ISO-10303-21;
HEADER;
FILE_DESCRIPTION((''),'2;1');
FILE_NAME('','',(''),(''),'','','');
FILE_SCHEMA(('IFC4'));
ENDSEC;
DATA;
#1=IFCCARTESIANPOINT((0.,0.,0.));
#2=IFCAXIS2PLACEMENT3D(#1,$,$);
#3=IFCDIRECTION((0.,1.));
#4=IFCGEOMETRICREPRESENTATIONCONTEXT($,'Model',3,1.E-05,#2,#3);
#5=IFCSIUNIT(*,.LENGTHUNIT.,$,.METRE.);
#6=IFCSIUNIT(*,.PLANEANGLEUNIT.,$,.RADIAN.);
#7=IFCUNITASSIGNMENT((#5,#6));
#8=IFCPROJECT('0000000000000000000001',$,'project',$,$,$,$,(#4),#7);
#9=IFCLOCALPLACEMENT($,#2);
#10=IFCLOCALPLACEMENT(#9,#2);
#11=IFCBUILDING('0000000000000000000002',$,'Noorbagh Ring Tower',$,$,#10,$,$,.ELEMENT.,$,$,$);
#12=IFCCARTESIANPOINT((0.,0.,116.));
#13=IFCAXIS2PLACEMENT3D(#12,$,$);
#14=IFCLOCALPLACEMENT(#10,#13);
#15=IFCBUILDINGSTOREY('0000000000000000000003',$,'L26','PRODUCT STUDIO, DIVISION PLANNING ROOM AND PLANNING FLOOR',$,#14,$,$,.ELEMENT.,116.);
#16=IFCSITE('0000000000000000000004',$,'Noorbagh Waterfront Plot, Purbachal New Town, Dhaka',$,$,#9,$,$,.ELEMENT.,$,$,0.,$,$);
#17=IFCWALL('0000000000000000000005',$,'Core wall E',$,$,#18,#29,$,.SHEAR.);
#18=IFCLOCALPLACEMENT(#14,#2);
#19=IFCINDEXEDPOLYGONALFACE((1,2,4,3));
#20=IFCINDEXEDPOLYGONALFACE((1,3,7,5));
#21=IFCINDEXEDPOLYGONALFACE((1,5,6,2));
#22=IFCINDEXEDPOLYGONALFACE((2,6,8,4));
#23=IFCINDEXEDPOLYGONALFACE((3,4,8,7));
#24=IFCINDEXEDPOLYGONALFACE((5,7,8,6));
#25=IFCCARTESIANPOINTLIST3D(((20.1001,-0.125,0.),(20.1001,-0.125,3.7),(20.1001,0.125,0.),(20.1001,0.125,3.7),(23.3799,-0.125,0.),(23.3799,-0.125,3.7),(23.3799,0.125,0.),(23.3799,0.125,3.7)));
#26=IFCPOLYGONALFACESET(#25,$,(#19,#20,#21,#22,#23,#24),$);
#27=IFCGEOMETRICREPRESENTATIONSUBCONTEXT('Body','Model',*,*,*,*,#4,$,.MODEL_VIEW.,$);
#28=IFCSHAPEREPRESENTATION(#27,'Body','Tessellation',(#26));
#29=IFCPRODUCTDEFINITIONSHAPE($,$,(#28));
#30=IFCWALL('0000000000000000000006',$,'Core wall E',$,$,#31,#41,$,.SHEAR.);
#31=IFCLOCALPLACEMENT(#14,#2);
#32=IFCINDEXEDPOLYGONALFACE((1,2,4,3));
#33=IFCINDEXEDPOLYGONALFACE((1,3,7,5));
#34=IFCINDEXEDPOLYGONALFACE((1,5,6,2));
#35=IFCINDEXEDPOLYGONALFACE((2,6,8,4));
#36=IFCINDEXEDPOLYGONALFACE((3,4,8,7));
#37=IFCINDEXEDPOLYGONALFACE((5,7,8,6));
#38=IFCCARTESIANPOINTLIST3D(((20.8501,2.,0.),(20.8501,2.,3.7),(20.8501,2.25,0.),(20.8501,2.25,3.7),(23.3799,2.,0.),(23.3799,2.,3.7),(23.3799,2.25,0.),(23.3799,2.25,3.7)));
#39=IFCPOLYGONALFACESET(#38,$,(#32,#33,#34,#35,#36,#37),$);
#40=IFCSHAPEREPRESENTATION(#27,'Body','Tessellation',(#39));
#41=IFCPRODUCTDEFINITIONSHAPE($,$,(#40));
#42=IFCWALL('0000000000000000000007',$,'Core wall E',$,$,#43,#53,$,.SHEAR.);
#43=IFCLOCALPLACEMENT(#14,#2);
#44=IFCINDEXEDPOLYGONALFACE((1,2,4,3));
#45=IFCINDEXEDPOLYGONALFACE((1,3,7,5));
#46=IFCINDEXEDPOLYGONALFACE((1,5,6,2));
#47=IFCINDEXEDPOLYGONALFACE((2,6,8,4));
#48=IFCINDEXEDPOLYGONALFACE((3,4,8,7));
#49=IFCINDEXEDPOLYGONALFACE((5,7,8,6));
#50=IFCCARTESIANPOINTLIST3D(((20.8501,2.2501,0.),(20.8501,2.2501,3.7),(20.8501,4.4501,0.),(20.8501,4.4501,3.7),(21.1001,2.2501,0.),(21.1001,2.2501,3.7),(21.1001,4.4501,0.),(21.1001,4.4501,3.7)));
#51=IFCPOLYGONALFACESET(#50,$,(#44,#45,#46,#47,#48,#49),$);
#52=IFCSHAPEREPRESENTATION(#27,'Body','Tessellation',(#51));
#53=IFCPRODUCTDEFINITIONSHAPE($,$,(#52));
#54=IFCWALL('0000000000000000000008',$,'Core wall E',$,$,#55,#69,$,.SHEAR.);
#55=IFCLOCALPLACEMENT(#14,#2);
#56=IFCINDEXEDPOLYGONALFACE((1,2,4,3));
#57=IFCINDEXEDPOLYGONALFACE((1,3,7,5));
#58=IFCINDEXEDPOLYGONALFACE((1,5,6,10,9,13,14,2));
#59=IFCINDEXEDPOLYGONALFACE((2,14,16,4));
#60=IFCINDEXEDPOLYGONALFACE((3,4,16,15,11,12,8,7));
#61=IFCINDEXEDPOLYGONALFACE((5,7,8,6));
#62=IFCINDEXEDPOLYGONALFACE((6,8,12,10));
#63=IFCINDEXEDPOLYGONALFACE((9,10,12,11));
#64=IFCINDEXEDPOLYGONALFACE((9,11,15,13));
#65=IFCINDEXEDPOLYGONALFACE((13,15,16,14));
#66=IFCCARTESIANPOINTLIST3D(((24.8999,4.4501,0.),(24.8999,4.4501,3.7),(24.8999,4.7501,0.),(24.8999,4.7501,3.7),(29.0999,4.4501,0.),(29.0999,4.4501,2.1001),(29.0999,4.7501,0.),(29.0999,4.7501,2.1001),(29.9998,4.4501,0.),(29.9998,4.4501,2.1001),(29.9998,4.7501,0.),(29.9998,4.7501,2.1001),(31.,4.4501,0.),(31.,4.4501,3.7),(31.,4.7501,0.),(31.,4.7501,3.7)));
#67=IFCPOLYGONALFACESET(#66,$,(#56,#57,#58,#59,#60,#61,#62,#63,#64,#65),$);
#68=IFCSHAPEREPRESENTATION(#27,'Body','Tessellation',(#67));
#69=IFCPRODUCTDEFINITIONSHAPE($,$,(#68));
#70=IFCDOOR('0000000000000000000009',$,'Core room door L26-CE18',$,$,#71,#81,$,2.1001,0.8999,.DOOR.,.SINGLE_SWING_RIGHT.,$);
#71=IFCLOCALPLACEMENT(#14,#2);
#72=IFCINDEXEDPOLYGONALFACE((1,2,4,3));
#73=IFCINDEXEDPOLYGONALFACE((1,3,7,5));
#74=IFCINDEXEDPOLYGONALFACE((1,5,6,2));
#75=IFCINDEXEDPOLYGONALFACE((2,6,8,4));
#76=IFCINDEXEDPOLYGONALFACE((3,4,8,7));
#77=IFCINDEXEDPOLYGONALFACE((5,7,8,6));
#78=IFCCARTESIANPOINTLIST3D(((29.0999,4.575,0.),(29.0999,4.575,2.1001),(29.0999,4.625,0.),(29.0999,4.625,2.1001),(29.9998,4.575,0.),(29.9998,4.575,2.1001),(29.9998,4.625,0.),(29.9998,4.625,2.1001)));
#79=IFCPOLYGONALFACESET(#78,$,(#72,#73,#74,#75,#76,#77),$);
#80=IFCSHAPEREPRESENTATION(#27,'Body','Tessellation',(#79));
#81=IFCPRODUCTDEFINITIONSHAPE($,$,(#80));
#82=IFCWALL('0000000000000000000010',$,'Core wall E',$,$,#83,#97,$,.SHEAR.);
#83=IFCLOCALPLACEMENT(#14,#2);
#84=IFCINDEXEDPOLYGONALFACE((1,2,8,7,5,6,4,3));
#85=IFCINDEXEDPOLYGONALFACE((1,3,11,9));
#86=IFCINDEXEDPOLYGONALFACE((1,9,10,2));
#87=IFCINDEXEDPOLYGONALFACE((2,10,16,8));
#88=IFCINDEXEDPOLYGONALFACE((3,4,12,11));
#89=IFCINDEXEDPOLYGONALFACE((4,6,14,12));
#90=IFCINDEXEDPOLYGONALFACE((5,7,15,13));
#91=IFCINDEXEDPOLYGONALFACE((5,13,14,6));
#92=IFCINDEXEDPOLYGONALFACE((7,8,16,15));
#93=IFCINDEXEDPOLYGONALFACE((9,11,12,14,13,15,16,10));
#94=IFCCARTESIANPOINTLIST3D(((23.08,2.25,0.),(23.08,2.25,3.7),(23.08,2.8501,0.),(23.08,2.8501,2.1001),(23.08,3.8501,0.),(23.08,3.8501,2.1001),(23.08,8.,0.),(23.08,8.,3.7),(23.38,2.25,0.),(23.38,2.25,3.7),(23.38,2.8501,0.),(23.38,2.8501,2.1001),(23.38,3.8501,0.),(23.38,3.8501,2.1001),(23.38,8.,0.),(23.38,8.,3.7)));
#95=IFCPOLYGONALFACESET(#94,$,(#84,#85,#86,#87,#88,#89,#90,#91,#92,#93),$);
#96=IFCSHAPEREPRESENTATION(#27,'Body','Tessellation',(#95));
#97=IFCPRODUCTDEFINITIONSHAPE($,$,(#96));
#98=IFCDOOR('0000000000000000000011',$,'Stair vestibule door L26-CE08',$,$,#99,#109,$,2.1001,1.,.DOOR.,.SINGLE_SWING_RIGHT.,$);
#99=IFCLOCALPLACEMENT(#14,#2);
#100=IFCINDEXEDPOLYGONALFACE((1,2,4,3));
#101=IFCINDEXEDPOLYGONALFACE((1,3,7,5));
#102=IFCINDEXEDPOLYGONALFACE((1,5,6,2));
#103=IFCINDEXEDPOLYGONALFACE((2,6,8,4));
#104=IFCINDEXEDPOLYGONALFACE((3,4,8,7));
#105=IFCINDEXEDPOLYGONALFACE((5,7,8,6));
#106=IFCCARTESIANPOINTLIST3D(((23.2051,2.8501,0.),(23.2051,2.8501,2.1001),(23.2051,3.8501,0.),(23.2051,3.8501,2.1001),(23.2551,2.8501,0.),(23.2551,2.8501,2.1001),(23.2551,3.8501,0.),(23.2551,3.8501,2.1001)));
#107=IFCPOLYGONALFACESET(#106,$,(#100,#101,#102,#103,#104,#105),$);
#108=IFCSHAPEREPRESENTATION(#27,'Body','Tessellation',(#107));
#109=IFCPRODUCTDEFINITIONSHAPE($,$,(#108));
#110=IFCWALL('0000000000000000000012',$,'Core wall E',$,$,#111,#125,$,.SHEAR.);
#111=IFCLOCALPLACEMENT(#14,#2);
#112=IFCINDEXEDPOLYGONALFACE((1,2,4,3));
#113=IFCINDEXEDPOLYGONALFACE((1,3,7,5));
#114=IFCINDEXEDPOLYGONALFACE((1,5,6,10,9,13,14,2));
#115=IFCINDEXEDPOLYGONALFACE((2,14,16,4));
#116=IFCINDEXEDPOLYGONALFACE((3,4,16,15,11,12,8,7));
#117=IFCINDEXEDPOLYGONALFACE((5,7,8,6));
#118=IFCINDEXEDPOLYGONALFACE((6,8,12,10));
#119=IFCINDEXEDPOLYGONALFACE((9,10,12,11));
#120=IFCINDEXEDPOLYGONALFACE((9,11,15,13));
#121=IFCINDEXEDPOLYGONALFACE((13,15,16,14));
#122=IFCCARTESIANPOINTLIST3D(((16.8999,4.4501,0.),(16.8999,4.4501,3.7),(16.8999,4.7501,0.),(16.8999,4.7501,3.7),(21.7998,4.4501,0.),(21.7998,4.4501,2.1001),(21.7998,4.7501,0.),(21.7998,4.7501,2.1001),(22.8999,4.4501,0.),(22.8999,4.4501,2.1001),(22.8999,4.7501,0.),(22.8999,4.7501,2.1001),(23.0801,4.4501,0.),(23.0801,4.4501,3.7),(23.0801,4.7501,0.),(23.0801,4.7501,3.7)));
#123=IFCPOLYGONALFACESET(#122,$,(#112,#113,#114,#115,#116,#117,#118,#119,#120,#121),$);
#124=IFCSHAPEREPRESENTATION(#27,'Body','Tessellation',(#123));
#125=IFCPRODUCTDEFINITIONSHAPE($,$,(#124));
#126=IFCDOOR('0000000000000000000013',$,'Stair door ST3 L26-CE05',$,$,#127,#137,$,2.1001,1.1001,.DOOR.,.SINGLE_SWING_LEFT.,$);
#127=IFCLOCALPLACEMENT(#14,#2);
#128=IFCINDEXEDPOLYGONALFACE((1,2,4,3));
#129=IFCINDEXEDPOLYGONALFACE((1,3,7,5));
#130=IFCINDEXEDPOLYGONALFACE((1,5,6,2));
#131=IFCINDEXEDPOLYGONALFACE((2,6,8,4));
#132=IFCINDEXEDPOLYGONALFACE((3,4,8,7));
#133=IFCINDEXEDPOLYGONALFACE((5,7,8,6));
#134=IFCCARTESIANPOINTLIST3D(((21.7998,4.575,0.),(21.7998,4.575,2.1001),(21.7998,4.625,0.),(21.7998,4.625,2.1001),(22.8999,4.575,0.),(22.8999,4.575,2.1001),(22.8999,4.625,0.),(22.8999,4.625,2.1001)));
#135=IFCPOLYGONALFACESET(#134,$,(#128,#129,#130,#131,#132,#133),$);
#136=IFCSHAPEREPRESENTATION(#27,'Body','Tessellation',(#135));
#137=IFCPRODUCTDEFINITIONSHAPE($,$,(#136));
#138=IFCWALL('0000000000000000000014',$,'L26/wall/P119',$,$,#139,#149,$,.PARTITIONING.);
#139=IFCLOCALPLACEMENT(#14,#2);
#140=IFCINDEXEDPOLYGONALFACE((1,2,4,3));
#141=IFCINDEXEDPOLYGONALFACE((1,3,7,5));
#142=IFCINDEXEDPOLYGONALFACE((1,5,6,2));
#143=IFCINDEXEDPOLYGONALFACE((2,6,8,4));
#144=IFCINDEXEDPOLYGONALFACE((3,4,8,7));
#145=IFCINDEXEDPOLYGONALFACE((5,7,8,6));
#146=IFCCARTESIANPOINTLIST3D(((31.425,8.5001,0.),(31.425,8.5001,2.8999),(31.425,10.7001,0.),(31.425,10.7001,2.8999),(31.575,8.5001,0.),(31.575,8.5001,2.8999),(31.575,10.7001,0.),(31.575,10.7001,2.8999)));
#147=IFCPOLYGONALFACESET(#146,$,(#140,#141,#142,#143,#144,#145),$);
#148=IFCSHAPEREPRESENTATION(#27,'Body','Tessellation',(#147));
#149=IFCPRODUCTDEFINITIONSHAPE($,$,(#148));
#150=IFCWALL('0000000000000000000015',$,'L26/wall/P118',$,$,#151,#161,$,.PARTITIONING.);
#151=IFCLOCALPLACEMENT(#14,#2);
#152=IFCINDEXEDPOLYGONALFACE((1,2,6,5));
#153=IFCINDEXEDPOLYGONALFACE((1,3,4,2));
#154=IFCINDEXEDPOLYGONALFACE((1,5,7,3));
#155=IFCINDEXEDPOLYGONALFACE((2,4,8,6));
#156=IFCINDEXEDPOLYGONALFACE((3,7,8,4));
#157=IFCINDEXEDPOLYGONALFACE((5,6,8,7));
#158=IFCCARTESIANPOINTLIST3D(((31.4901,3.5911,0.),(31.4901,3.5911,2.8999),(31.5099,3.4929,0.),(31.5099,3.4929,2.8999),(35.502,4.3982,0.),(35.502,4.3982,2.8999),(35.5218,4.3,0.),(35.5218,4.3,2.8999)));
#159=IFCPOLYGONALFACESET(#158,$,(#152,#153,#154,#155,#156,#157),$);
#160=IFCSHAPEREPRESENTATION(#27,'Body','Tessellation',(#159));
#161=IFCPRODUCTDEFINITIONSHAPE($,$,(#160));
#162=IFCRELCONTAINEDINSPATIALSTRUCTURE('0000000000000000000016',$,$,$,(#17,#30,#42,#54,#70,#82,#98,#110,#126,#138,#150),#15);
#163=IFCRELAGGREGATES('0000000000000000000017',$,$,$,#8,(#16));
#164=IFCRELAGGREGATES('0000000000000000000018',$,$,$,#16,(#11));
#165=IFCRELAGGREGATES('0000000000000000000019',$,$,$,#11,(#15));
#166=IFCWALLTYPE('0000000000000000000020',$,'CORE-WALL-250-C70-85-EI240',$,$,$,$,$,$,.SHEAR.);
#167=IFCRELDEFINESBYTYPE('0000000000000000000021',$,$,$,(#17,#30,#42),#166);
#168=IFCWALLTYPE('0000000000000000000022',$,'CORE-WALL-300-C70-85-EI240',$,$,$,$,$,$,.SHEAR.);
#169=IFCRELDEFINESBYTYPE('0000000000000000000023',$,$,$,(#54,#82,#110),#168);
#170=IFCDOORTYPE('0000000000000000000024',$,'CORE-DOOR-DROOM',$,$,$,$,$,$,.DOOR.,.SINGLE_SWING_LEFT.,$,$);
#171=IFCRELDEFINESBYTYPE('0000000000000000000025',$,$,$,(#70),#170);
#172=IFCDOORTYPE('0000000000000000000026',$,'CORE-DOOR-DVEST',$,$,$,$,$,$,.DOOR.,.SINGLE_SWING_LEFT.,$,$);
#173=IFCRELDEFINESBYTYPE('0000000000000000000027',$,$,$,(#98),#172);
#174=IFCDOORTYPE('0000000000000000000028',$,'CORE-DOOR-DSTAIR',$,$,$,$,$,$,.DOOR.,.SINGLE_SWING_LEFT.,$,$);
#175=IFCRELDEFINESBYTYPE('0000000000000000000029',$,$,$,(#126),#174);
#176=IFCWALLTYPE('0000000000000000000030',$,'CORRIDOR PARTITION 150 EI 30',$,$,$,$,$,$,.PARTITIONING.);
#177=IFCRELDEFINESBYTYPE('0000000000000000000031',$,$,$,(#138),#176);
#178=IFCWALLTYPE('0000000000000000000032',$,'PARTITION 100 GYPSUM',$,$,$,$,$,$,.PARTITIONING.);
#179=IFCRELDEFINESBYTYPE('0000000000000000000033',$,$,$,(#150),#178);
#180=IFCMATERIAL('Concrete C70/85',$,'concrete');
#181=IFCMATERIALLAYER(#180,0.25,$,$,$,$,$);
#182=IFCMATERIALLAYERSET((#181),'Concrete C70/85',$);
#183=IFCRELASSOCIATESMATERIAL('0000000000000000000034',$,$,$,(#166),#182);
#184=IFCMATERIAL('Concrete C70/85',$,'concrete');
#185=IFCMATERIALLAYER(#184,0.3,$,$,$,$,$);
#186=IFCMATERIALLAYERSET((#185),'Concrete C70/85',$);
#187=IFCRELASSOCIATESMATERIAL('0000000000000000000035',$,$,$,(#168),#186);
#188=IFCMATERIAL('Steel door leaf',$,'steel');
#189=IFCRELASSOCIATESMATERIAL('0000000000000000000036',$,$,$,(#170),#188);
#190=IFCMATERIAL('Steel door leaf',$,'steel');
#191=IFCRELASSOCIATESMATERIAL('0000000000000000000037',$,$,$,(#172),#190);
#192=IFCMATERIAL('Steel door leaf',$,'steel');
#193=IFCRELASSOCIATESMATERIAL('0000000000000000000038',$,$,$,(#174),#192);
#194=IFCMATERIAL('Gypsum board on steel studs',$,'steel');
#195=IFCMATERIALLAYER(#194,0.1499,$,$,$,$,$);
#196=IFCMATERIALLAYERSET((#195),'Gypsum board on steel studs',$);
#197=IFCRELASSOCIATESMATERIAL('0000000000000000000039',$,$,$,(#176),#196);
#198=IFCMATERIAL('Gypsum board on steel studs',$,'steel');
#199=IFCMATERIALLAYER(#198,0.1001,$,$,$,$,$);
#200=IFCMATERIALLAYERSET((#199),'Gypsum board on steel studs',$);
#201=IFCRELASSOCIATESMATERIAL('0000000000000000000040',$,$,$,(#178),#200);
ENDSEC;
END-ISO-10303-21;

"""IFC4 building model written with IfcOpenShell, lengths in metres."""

from ifc_helpers import new_model, si_unit, direction, frame, frame_2d, origin, place, context, subcontext, project, spatial, rectangle, extrude, material, layer, layer_set, type_object, element, fill, save


model = new_model("IFC4")

# Units and contexts
model_context = context("Model", 3, precision=1e-05, world=origin(), true_north=direction((0.0, 1.0)))
body_context = subcontext(model_context, "Body", "Model", "MODEL_VIEW")
ifc_project = project(units=[si_unit("LENGTHUNIT", "METRE"), si_unit("PLANEANGLEUNIT", "RADIAN")], contexts=[model_context])

# Site, building, storey
site_placement = place(None, origin())
site = spatial("IfcSite", under=ifc_project, at=site_placement, Name="Noorbagh Waterfront Plot, Purbachal New Town, Dhaka", CompositionType="ELEMENT", RefElevation=0.0)
building_placement = place(site_placement, origin())
building = spatial("IfcBuilding", under=site, at=building_placement, Name="Noorbagh Ring Tower", CompositionType="ELEMENT")
storey_placement = place(building_placement, frame((0.0, 0.0, 116.0)))
storey = spatial("IfcBuildingStorey", under=building, at=storey_placement, Name="L26", Description="PRODUCT STUDIO, DIVISION PLANNING ROOM AND PLANNING FLOOR", CompositionType="ELEMENT", Elevation=116.0)

# Walls
ifc_material_1 = material(Name="Concrete C70/85", Category="concrete")
ifc_layer_1 = layer(ifc_material_1, 0.25)
ifc_layer_set_1 = layer_set([ifc_layer_1], Name="Concrete C70/85")
wall_type_1 = type_object("IfcWallType", Name="CORE-WALL-250-C70-85-EI240", PredefinedType="SHEAR", material=ifc_layer_set_1)
wall_1_placement = place(storey_placement, frame((20.1001, 0.0, 0.0), z_axis=(0.0, 0.0, 1.0), x_axis=(1.0, 0.0, 0.0)))
element("IfcWall", 1, at=wall_1_placement, inside=storey, type_object=wall_type_1, Name="Core wall E", PredefinedType="SHEAR", context=body_context, shape_type="SweptSolid", body=[
    extrude(rectangle(XDim=3.2798, YDim=0.25, at=frame_2d((1.6399, 0.0))), origin(), (0.0, 0.0, 1.0), 3.7),
])
wall_2_placement = place(storey_placement, frame((20.8501, 2.125, 0.0), z_axis=(0.0, 0.0, 1.0), x_axis=(1.0, 0.0, 0.0)))
element("IfcWall", 2, at=wall_2_placement, inside=storey, type_object=wall_type_1, Name="Core wall E", PredefinedType="SHEAR", context=body_context, shape_type="SweptSolid", body=[
    extrude(rectangle(XDim=2.5298, YDim=0.25, at=frame_2d((1.2649, 0.0))), origin(), (0.0, 0.0, 1.0), 3.7),
])
wall_3_placement = place(storey_placement, frame((20.9751, 2.25, 0.0), z_axis=(0.0, 0.0, 1.0), x_axis=(0.0, 1.0, 0.0)))
element("IfcWall", 3, at=wall_3_placement, inside=storey, type_object=wall_type_1, Name="Core wall E", PredefinedType="SHEAR", context=body_context, shape_type="SweptSolid", body=[
    extrude(rectangle(XDim=2.2, YDim=0.25, at=frame_2d((1.1001, 0.0))), origin(), (0.0, 0.0, 1.0), 3.7),
])

# Walls, openings, doors
ifc_material_2 = material(Name="Concrete C70/85", Category="concrete")
ifc_layer_2 = layer(ifc_material_2, 0.3)
ifc_layer_set_2 = layer_set([ifc_layer_2], Name="Concrete C70/85")
wall_type_2 = type_object("IfcWallType", Name="CORE-WALL-300-C70-85-EI240", PredefinedType="SHEAR", material=ifc_layer_set_2)
wall_4_placement = place(storey_placement, frame((24.8999, 4.6001, 0.0), z_axis=(0.0, 0.0, 1.0), x_axis=(1.0, 0.0, 0.0)))
wall_4 = element("IfcWall", 4, at=wall_4_placement, inside=storey, type_object=wall_type_2, Name="Core wall E", PredefinedType="SHEAR", context=body_context, shape_type="SweptSolid", body=[
    extrude(rectangle(XDim=6.1001, YDim=0.3, at=frame_2d((3.05, 0.0))), origin(), (0.0, 0.0, 1.0), 3.7),
])
opening_1_placement = place(wall_4_placement, frame((4.2, 0.0, 0.0)))
opening_1 = element("IfcOpeningElement", 5, at=opening_1_placement, cuts=wall_4, PredefinedType="OPENING", context=body_context, shape_type="SweptSolid", body=[
    extrude(rectangle(XDim=0.8999, YDim=2.1001, at=frame_2d((0.45, 1.05))), frame((0.0, 0.1602, 0.0), z_axis=(0.0, -1.0, 0.0), x_axis=(1.0, 0.0, 0.0)), (0.0, 0.0, 1.0), 0.3201),
])
ifc_material_3 = material(Name="Steel door leaf", Category="steel")
door_type_1 = type_object("IfcDoorType", Name="CORE-DOOR-DROOM", OperationType="SINGLE_SWING_LEFT", PredefinedType="DOOR", material=ifc_material_3)
door_1_placement = place(opening_1_placement, origin())
door_1 = element("IfcDoor", 6, at=door_1_placement, inside=storey, type_object=door_type_1, Name="Core room door L26-CE18", OperationType="SINGLE_SWING_RIGHT", OverallHeight=2.1001, OverallWidth=0.8999, PredefinedType="DOOR", context=body_context, shape_type="SweptSolid", body=[
    extrude(rectangle(XDim=0.8999, YDim=2.1001, at=frame_2d((0.45, 1.05))), frame((0.0, 0.0249, 0.0), z_axis=(0.0, -1.0, 0.0), x_axis=(1.0, 0.0, 0.0)), (0.0, 0.0, 1.0), 0.05),
])
fill(opening_1, door_1)
wall_5_placement = place(storey_placement, frame((23.23, 2.25, 0.0), z_axis=(0.0, 0.0, 1.0), x_axis=(0.0, 1.0, 0.0)))
wall_5 = element("IfcWall", 7, at=wall_5_placement, inside=storey, type_object=wall_type_2, Name="Core wall E", PredefinedType="SHEAR", context=body_context, shape_type="SweptSolid", body=[
    extrude(rectangle(XDim=5.75, YDim=0.3, at=frame_2d((2.875, 0.0))), origin(), (0.0, 0.0, 1.0), 3.7),
])
opening_2_placement = place(wall_5_placement, frame((0.6001, 0.0, 0.0)))
opening_2 = element("IfcOpeningElement", 8, at=opening_2_placement, cuts=wall_5, PredefinedType="OPENING", context=body_context, shape_type="SweptSolid", body=[
    extrude(rectangle(XDim=1.0, YDim=2.1001, at=frame_2d((0.5, 1.05))), frame((0.0, 0.1602, 0.0), z_axis=(0.0, -1.0, 0.0), x_axis=(1.0, 0.0, 0.0)), (0.0, 0.0, 1.0), 0.3201),
])
ifc_material_4 = material(Name="Steel door leaf", Category="steel")
door_type_2 = type_object("IfcDoorType", Name="CORE-DOOR-DVEST", OperationType="SINGLE_SWING_LEFT", PredefinedType="DOOR", material=ifc_material_4)
door_2_placement = place(opening_2_placement, origin())
door_2 = element("IfcDoor", 9, at=door_2_placement, inside=storey, type_object=door_type_2, Name="Stair vestibule door L26-CE08", OperationType="SINGLE_SWING_RIGHT", OverallHeight=2.1001, OverallWidth=1.0, PredefinedType="DOOR", context=body_context, shape_type="SweptSolid", body=[
    extrude(rectangle(XDim=1.0, YDim=2.1001, at=frame_2d((0.5, 1.05))), frame((0.0, 0.0249, 0.0), z_axis=(0.0, -1.0, 0.0), x_axis=(1.0, 0.0, 0.0)), (0.0, 0.0, 1.0), 0.05),
])
fill(opening_2, door_2)
wall_6_placement = place(storey_placement, frame((16.8999, 4.6001, 0.0), z_axis=(0.0, 0.0, 1.0), x_axis=(1.0, 0.0, 0.0)))
wall_6 = element("IfcWall", 10, at=wall_6_placement, inside=storey, type_object=wall_type_2, Name="Core wall E", PredefinedType="SHEAR", context=body_context, shape_type="SweptSolid", body=[
    extrude(rectangle(XDim=6.1802, YDim=0.3, at=frame_2d((3.0901, 0.0))), origin(), (0.0, 0.0, 1.0), 3.7),
])
opening_3_placement = place(wall_6_placement, frame((4.8999, 0.0, 0.0)))
opening_3 = element("IfcOpeningElement", 11, at=opening_3_placement, cuts=wall_6, PredefinedType="OPENING", context=body_context, shape_type="SweptSolid", body=[
    extrude(rectangle(XDim=1.1001, YDim=2.1001, at=frame_2d((0.55, 1.05))), frame((0.0, 0.1602, 0.0), z_axis=(0.0, -1.0, 0.0), x_axis=(1.0, 0.0, 0.0)), (0.0, 0.0, 1.0), 0.3201),
])
ifc_material_5 = material(Name="Steel door leaf", Category="steel")
door_type_3 = type_object("IfcDoorType", Name="CORE-DOOR-DSTAIR", OperationType="SINGLE_SWING_LEFT", PredefinedType="DOOR", material=ifc_material_5)
door_3_placement = place(opening_3_placement, origin())
door_3 = element("IfcDoor", 12, at=door_3_placement, inside=storey, type_object=door_type_3, Name="Stair door ST3 L26-CE05", OperationType="SINGLE_SWING_LEFT", OverallHeight=2.1001, OverallWidth=1.1001, PredefinedType="DOOR", context=body_context, shape_type="SweptSolid", body=[
    extrude(rectangle(XDim=1.1001, YDim=2.1001, at=frame_2d((0.55, 1.05))), frame((0.0, 0.0249, 0.0), z_axis=(0.0, -1.0, 0.0), x_axis=(1.0, 0.0, 0.0)), (0.0, 0.0, 1.0), 0.05),
])
fill(opening_3, door_3)

# Walls
ifc_material_6 = material(Name="Gypsum board on steel studs", Category="steel")
ifc_layer_3 = layer(ifc_material_6, 0.1499)
ifc_layer_set_3 = layer_set([ifc_layer_3], Name="Gypsum board on steel studs")
wall_type_3 = type_object("IfcWallType", Name="CORRIDOR PARTITION 150 EI 30", PredefinedType="PARTITIONING", material=ifc_layer_set_3)
wall_7_placement = place(storey_placement, frame((31.5, 8.5, 0.0), z_axis=(0.0, 0.0, 1.0), x_axis=(0.0, 1.0, 0.0)))
element("IfcWall", 13, at=wall_7_placement, inside=storey, type_object=wall_type_3, Name="L26/wall/P119", PredefinedType="PARTITIONING", context=body_context, shape_type="SweptSolid", body=[
    extrude(rectangle(XDim=2.2, YDim=0.1499, at=frame_2d((1.1001, 0.0))), origin(), (0.0, 0.0, 1.0), 2.8999),
])
ifc_material_7 = material(Name="Gypsum board on steel studs", Category="steel")
ifc_layer_4 = layer(ifc_material_7, 0.1001)
ifc_layer_set_4 = layer_set([ifc_layer_4], Name="Gypsum board on steel studs")
wall_type_4 = type_object("IfcWallType", Name="PARTITION 100 GYPSUM", PredefinedType="PARTITIONING", material=ifc_layer_set_4)
wall_8_placement = place(storey_placement, frame((31.5, 3.542, 0.0), z_axis=(0.0, 0.0, 1.0), x_axis=(0.980357, 0.197229, 0.0)))
element("IfcWall", 14, at=wall_8_placement, inside=storey, type_object=wall_type_4, Name="L26/wall/P118", PredefinedType="PARTITIONING", context=body_context, shape_type="SweptSolid", body=[
    extrude(rectangle(XDim=4.0923, YDim=0.1001, at=frame_2d((2.0461, 0.0))), origin(), (0.0, 0.0, 1.0), 2.8999),
])

save(model, "model.ifc")
